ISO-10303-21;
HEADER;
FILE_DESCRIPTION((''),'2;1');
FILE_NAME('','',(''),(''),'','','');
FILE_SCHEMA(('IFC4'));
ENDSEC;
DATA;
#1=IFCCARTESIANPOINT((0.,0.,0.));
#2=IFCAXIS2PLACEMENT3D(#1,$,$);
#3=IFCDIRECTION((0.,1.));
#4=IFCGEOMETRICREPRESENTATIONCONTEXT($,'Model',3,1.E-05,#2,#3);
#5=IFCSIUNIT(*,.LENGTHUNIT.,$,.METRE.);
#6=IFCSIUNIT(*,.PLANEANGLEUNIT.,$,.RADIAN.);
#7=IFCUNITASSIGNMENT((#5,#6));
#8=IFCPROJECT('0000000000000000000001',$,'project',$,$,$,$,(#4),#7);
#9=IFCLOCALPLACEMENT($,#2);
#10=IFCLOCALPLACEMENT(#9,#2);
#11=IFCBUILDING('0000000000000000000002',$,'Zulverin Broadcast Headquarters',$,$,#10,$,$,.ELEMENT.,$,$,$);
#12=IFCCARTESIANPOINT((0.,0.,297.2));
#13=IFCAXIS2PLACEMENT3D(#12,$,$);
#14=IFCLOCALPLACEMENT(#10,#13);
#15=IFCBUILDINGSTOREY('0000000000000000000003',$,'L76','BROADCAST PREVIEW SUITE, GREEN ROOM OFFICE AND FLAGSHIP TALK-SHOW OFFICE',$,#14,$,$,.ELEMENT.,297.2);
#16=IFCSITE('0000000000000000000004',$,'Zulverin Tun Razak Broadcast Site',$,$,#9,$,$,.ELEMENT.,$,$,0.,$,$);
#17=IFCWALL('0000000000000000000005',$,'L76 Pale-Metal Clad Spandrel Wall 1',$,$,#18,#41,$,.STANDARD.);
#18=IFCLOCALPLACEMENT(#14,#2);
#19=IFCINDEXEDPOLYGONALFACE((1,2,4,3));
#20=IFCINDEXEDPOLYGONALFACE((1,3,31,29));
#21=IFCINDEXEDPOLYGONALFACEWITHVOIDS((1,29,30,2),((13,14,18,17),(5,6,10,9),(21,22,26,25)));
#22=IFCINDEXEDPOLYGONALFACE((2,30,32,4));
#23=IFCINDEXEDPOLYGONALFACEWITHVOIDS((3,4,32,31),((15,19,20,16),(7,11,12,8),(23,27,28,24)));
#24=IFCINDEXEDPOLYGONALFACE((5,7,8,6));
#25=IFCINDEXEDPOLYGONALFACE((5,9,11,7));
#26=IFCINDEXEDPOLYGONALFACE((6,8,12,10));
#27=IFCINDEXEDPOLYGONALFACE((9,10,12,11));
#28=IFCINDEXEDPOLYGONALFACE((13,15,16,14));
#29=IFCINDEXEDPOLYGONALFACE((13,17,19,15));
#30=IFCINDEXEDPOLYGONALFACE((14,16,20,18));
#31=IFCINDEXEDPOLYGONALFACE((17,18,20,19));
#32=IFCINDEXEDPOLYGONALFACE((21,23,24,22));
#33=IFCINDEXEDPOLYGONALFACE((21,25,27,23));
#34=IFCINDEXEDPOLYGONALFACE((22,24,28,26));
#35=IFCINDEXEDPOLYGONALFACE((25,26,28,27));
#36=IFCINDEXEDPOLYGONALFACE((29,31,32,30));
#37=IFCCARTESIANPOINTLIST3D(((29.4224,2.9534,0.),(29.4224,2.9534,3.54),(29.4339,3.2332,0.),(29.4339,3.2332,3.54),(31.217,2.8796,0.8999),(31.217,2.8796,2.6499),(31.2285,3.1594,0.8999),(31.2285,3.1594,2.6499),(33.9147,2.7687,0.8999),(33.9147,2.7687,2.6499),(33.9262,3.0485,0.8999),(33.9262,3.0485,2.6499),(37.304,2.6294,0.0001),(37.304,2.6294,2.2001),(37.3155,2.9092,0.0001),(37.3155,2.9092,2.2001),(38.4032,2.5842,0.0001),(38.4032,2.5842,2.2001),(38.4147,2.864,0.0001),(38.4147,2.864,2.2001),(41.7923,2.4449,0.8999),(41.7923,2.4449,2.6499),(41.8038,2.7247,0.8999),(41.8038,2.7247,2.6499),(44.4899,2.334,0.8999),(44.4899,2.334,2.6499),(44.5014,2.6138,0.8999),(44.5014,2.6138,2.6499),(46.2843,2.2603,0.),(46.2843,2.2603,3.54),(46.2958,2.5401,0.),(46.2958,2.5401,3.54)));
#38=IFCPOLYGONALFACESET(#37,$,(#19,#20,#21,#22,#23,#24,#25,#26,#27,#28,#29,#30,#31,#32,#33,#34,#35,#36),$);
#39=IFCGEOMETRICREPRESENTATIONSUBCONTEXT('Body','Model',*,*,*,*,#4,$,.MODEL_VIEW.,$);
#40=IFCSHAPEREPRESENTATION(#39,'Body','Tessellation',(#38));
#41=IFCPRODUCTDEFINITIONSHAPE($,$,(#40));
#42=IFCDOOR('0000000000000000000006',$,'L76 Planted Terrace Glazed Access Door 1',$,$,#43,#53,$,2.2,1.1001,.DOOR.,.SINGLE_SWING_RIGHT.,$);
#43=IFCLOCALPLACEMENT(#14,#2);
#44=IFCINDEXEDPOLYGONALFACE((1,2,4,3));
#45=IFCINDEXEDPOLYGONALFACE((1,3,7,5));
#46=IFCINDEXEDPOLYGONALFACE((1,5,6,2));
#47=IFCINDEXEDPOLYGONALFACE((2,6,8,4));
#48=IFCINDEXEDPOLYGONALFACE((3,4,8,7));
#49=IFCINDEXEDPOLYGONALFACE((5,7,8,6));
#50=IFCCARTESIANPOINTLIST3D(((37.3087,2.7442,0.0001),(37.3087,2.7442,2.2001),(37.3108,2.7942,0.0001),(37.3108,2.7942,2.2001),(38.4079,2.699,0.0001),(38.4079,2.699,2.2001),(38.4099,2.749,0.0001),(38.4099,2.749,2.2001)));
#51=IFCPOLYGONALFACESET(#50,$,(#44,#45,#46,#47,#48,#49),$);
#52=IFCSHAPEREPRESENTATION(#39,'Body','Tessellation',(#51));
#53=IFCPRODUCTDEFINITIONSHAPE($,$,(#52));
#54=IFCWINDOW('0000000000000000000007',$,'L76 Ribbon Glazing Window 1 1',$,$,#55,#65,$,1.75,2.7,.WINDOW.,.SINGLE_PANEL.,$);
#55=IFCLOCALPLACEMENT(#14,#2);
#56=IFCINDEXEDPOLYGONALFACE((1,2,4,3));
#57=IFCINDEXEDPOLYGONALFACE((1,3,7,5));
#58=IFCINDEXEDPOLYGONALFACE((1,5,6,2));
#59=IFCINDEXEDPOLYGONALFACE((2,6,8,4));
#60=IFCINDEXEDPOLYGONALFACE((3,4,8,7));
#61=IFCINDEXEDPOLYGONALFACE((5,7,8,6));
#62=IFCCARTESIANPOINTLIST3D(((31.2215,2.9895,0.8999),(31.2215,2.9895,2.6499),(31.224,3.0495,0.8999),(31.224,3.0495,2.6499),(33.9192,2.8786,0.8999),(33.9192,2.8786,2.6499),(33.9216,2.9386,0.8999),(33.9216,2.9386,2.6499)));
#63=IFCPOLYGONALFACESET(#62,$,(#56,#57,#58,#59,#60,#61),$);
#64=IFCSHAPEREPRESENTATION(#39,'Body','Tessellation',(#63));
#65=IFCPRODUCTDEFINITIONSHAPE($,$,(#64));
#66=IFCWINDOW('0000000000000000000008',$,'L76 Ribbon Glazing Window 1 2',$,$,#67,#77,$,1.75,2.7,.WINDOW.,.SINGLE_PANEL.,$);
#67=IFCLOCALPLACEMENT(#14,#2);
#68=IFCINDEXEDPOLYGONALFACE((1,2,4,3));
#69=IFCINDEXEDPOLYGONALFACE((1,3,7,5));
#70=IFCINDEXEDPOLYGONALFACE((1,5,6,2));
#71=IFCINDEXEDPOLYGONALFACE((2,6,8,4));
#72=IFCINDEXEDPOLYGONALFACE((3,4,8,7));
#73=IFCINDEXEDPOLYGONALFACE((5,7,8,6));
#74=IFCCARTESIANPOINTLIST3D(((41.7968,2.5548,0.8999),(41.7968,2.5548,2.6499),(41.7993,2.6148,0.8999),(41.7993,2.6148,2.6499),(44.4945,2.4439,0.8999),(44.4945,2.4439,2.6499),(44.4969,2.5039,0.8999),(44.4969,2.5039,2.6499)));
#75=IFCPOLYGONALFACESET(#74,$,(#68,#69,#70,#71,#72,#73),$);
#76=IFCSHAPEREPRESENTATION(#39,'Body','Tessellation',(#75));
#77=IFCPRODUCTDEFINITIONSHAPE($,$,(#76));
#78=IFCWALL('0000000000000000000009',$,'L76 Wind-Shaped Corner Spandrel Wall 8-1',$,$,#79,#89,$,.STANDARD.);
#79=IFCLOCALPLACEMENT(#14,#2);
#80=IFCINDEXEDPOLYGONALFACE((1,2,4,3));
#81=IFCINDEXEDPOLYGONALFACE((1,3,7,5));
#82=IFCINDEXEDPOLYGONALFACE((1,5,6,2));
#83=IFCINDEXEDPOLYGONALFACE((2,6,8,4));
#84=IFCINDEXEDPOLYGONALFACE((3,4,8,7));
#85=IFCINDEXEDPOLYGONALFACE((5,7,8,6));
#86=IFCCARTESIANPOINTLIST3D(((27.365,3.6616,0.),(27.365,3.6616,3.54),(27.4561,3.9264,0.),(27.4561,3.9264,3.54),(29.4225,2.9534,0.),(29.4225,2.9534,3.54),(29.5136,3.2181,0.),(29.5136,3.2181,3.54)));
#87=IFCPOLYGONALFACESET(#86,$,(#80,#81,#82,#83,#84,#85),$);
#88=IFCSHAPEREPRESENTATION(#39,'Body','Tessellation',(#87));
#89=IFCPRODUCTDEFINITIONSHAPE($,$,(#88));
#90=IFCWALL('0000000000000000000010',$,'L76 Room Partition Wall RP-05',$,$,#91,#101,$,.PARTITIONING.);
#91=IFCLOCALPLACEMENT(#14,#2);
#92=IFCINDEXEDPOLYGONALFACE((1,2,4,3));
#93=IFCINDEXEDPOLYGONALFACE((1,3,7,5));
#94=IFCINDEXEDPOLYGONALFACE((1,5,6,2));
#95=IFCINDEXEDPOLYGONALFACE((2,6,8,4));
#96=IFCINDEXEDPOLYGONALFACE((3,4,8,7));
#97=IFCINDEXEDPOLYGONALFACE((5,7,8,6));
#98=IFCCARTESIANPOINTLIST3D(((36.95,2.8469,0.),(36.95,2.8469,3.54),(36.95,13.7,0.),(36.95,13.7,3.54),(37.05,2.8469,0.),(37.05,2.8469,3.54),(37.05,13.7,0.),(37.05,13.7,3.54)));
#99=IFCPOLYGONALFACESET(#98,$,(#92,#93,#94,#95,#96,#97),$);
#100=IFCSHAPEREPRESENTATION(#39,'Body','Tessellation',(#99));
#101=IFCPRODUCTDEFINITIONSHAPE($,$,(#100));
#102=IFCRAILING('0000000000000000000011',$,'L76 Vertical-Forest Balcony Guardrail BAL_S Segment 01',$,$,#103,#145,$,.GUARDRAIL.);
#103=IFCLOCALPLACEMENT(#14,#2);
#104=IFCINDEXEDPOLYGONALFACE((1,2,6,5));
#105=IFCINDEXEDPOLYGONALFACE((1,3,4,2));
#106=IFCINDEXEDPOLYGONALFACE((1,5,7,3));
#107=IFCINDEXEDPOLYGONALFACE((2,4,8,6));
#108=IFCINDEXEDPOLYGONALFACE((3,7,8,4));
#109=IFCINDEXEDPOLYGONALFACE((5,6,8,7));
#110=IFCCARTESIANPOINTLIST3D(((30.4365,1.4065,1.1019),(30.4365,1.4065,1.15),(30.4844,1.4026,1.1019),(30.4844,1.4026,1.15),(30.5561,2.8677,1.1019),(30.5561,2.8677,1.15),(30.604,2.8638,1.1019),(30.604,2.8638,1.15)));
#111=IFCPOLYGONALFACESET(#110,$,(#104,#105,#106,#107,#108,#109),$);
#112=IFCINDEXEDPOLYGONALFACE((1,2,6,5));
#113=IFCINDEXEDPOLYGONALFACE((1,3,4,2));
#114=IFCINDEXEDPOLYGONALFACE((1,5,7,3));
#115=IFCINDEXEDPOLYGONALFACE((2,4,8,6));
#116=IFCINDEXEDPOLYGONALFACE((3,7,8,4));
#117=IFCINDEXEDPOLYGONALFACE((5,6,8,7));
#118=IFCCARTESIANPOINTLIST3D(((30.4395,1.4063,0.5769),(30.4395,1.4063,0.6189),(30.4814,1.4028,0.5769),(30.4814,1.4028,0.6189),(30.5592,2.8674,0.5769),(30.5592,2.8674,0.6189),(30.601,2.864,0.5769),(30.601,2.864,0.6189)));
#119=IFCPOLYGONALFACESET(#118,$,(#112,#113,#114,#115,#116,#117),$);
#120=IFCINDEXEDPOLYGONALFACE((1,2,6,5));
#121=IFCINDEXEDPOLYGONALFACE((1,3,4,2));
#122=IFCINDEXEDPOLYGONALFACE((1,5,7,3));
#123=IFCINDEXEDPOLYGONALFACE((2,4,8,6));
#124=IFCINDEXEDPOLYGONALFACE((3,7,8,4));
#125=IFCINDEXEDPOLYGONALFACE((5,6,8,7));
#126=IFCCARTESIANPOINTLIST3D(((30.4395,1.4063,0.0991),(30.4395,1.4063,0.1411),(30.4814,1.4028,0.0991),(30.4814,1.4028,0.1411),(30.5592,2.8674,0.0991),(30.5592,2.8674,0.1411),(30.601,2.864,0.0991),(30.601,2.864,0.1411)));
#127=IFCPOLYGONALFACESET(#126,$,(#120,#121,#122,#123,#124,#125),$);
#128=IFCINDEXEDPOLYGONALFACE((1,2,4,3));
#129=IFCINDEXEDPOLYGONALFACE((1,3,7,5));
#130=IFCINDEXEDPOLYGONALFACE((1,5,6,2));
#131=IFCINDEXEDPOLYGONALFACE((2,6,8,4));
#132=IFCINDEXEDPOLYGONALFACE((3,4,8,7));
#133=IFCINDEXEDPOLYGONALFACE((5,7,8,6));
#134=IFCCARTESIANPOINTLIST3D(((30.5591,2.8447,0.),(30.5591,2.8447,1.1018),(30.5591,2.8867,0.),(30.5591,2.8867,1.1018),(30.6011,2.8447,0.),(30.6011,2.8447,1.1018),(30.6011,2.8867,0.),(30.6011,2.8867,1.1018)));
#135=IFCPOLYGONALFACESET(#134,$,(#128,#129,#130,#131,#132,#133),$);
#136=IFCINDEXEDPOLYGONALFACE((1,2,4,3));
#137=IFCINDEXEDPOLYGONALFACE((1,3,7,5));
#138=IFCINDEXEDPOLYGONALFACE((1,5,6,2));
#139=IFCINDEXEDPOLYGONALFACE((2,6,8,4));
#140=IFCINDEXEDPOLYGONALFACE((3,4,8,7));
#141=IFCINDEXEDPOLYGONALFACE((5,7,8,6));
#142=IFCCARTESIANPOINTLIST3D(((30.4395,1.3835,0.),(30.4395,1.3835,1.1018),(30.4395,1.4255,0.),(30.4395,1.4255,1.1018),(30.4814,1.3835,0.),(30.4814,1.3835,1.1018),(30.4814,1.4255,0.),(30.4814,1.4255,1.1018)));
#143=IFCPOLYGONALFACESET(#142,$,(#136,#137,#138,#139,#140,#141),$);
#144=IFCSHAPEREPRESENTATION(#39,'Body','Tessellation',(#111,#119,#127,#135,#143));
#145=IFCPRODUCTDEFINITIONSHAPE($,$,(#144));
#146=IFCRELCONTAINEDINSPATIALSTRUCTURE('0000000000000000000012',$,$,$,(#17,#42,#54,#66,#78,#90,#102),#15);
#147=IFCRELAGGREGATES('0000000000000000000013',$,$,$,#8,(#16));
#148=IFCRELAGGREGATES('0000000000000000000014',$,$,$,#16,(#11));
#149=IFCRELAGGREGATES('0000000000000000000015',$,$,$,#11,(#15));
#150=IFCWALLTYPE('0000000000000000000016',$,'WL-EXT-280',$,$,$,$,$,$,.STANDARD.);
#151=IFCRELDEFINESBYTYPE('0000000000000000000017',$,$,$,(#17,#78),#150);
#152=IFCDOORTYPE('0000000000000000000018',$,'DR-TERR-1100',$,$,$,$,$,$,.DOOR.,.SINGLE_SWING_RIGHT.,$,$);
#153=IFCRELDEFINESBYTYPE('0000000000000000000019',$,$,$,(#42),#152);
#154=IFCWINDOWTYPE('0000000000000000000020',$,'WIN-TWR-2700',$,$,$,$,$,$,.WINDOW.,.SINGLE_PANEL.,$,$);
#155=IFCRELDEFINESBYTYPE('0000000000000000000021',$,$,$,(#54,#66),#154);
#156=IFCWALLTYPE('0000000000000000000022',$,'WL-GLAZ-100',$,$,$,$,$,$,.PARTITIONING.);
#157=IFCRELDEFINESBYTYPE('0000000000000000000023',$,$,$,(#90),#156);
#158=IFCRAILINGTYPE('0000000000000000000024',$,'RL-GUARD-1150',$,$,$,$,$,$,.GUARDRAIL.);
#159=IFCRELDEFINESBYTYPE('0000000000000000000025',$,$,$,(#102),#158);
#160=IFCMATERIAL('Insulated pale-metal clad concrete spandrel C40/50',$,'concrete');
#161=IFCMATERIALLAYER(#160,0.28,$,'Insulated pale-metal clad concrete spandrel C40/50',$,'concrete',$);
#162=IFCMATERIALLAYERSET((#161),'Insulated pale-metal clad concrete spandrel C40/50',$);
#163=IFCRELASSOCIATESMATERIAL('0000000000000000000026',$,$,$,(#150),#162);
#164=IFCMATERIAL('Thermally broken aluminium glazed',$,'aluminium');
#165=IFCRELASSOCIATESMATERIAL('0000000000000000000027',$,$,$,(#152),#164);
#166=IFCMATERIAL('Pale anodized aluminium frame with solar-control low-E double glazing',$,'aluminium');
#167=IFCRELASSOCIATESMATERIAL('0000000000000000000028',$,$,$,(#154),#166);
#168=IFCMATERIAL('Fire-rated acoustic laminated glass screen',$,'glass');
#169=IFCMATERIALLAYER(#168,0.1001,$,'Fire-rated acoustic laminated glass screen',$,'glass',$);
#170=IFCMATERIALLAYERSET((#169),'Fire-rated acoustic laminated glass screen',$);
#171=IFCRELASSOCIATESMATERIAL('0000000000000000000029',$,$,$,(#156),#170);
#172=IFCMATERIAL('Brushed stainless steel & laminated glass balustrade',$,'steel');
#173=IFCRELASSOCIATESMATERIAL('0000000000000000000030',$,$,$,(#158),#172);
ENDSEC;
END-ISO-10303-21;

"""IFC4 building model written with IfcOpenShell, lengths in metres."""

from ifc_helpers import new_model, si_unit, direction, frame, frame_2d, origin, origin_2d, place, context, subcontext, project, spatial, rectangle, extrude, material, layer, layer_set, type_object, element, fill, save


model = new_model("IFC4")

# Units and contexts
model_context = context("Model", 3, precision=1e-05, world=origin(), true_north=direction((0.0, 1.0)))
body_context = subcontext(model_context, "Body", "Model", "MODEL_VIEW")
ifc_project = project(units=[si_unit("LENGTHUNIT", "METRE"), si_unit("PLANEANGLEUNIT", "RADIAN")], contexts=[model_context])

# Site, building, storey
site_placement = place(None, origin())
site = spatial("IfcSite", under=ifc_project, at=site_placement, Name="Zulverin Tun Razak Broadcast Site", CompositionType="ELEMENT", RefElevation=0.0)
building_placement = place(site_placement, origin())
building = spatial("IfcBuilding", under=site, at=building_placement, Name="Zulverin Broadcast Headquarters", CompositionType="ELEMENT")
storey_placement = place(building_placement, frame((0.0, 0.0, 297.2)))
storey = spatial("IfcBuildingStorey", under=building, at=storey_placement, Name="L76", Description="BROADCAST PREVIEW SUITE, GREEN ROOM OFFICE AND FLAGSHIP TALK-SHOW OFFICE", CompositionType="ELEMENT", Elevation=297.2)

# Wall, openings, door, windows
ifc_material_1 = material(Name="Insulated pale-metal clad concrete spandrel C40/50", Category="concrete")
ifc_layer_1 = layer(ifc_material_1, 0.28, Name="Insulated pale-metal clad concrete spandrel C40/50", Category="concrete")
ifc_layer_set_1 = layer_set([ifc_layer_1], Name="Insulated pale-metal clad concrete spandrel C40/50")
wall_type_1 = type_object("IfcWallType", Name="WL-EXT-280", PredefinedType="STANDARD", material=ifc_layer_set_1)
wall_1_placement = place(storey_placement, frame((29.4282, 3.0933, 0.0), z_axis=(0.0, 0.0, 1.0), x_axis=(0.999156, -0.04107, 0.0)))
wall_1 = element("IfcWall", 1, at=wall_1_placement, inside=storey, type_object=wall_type_1, Name="L76 Pale-Metal Clad Spandrel Wall 1", PredefinedType="STANDARD", context=body_context, shape_type="SweptSolid", body=[
    extrude(rectangle(XDim=16.8762, YDim=0.28, at=frame_2d((8.438, 0.0))), origin(), (0.0, 0.0, 1.0), 3.54),
])
opening_1_placement = place(wall_1_placement, frame((7.8882, 0.0, 0.0)))
opening_1 = element("IfcOpeningElement", 2, at=opening_1_placement, cuts=wall_1, PredefinedType="OPENING", context=body_context, shape_type="SweptSolid", body=[
    extrude(rectangle(XDim=1.1001, YDim=2.2, at=frame_2d((0.55, 1.1001))), frame((0.0, 0.1499, 0.0), z_axis=(0.0, -1.0, 0.0), x_axis=(1.0, 0.0, 0.0)), (0.0, 0.0, 1.0), 0.3),
])
opening_2_placement = place(wall_1_placement, frame((1.7959, 0.0, 0.8999)))
opening_2 = element("IfcOpeningElement", 3, at=opening_2_placement, cuts=wall_1, PredefinedType="OPENING", context=body_context, shape_type="SweptSolid", body=[
    extrude(rectangle(XDim=2.7, YDim=1.75, at=frame_2d((1.3501, 0.875))), frame((0.0, 0.1499, 0.0), z_axis=(0.0, -1.0, 0.0), x_axis=(1.0, 0.0, 0.0)), (0.0, 0.0, 1.0), 0.3),
])
opening_3_placement = place(wall_1_placement, frame((12.3801, 0.0, 0.8999)))
opening_3 = element("IfcOpeningElement", 4, at=opening_3_placement, cuts=wall_1, PredefinedType="OPENING", context=body_context, shape_type="SweptSolid", body=[
    extrude(rectangle(XDim=2.7, YDim=1.75, at=frame_2d((1.3501, 0.875))), frame((0.0, 0.1499, 0.0), z_axis=(0.0, -1.0, 0.0), x_axis=(1.0, 0.0, 0.0)), (0.0, 0.0, 1.0), 0.3),
])
ifc_material_2 = material(Name="Thermally broken aluminium glazed", Category="aluminium")
door_type = type_object("IfcDoorType", Name="DR-TERR-1100", OperationType="SINGLE_SWING_RIGHT", PredefinedType="DOOR", material=ifc_material_2)
door_placement = place(opening_1_placement, origin())
door = element("IfcDoor", 5, at=door_placement, inside=storey, type_object=door_type, Name="L76 Planted Terrace Glazed Access Door 1", OperationType="SINGLE_SWING_RIGHT", OverallHeight=2.2, OverallWidth=1.1001, PredefinedType="DOOR", context=body_context, shape_type="SweptSolid", body=[
    extrude(rectangle(XDim=1.1001, YDim=2.2, at=frame_2d((0.55, 1.1001))), frame((0.0, 0.0249, 0.0), z_axis=(0.0, -1.0, 0.0), x_axis=(1.0, 0.0, 0.0)), (0.0, 0.0, 1.0), 0.05),
])
fill(opening_1, door)
ifc_material_3 = material(Name="Pale anodized aluminium frame with solar-control low-E double glazing", Category="aluminium")
window_type = type_object("IfcWindowType", Name="WIN-TWR-2700", PartitioningType="SINGLE_PANEL", PredefinedType="WINDOW", material=ifc_material_3)
window_1_placement = place(opening_2_placement, origin())
window_1 = element("IfcWindow", 6, at=window_1_placement, inside=storey, type_object=window_type, Name="L76 Ribbon Glazing Window 1 1", OverallHeight=1.75, OverallWidth=2.7, PartitioningType="SINGLE_PANEL", PredefinedType="WINDOW", context=body_context, shape_type="SweptSolid", body=[
    extrude(rectangle(XDim=2.7, YDim=1.75, at=frame_2d((1.3501, 0.875))), frame((0.0, 0.03, 0.0), z_axis=(0.0, -1.0, 0.0), x_axis=(1.0, 0.0, 0.0)), (0.0, 0.0, 1.0), 0.0601),
])
fill(opening_2, window_1)
window_2_placement = place(opening_3_placement, origin())
window_2 = element("IfcWindow", 7, at=window_2_placement, inside=storey, type_object=window_type, Name="L76 Ribbon Glazing Window 1 2", OverallHeight=1.75, OverallWidth=2.7, PartitioningType="SINGLE_PANEL", PredefinedType="WINDOW", context=body_context, shape_type="SweptSolid", body=[
    extrude(rectangle(XDim=2.7, YDim=1.75, at=frame_2d((1.3501, 0.875))), frame((0.0, 0.03, 0.0), z_axis=(0.0, -1.0, 0.0), x_axis=(1.0, 0.0, 0.0)), (0.0, 0.0, 1.0), 0.0601),
])
fill(opening_3, window_2)

# Walls
wall_2_placement = place(storey_placement, frame((27.4106, 3.7939, 0.0), z_axis=(0.0, 0.0, 1.0), x_axis=(0.945553, -0.325469, 0.0)))
element("IfcWall", 8, at=wall_2_placement, inside=storey, type_object=wall_type_1, Name="L76 Wind-Shaped Corner Spandrel Wall 8-1", PredefinedType="STANDARD", context=body_context, shape_type="SweptSolid", body=[
    extrude(rectangle(XDim=2.176, YDim=0.28, at=frame_2d((1.0879, 0.0))), origin(), (0.0, 0.0, 1.0), 3.54),
])
ifc_material_4 = material(Name="Fire-rated acoustic laminated glass screen", Category="glass")
ifc_layer_2 = layer(ifc_material_4, 0.1001, Name="Fire-rated acoustic laminated glass screen", Category="glass")
ifc_layer_set_2 = layer_set([ifc_layer_2], Name="Fire-rated acoustic laminated glass screen")
wall_type_2 = type_object("IfcWallType", Name="WL-GLAZ-100", PredefinedType="PARTITIONING", material=ifc_layer_set_2)
wall_3_placement = place(storey_placement, frame((37.0, 2.8469, 0.0), z_axis=(0.0, 0.0, 1.0), x_axis=(0.0, 1.0, 0.0)))
element("IfcWall", 9, at=wall_3_placement, inside=storey, type_object=wall_type_2, Name="L76 Room Partition Wall RP-05", PredefinedType="PARTITIONING", context=body_context, shape_type="SweptSolid", body=[
    extrude(rectangle(XDim=10.853, YDim=0.1001, at=frame_2d((5.4265, 0.0))), origin(), (0.0, 0.0, 1.0), 3.54),
])

# Railing
ifc_material_5 = material(Name="Brushed stainless steel & laminated glass balustrade", Category="steel")
railing_type = type_object("IfcRailingType", Name="RL-GUARD-1150", PredefinedType="GUARDRAIL", material=ifc_material_5)
railing_1_placement = place(storey_placement, frame((30.5801, 2.8657, 0.0)))
element("IfcRailing", 10, at=railing_1_placement, inside=storey, type_object=railing_type, Name="L76 Vertical-Forest Balcony Guardrail BAL_S Segment 01", PredefinedType="GUARDRAIL", context=body_context, shape_type="SweptSolid", body=[
    extrude(rectangle(XDim=0.0481, YDim=0.0481, at=origin_2d()), frame((0.0, 0.0, 1.126), z_axis=(-0.081598, -0.996665, 0.0), x_axis=(0.996665, -0.081598, 0.0)), (0.0, 0.0, 1.0), 1.4661),
    extrude(rectangle(XDim=0.042, YDim=0.042, at=origin_2d()), frame((0.0, 0.0, 0.5979), z_axis=(-0.081598, -0.996665, 0.0), x_axis=(0.996665, -0.081598, 0.0)), (0.0, 0.0, 1.0), 1.4661),
    extrude(rectangle(XDim=0.042, YDim=0.042, at=origin_2d()), frame((0.0, 0.0, 0.1201), z_axis=(-0.081598, -0.996665, 0.0), x_axis=(0.996665, -0.081598, 0.0)), (0.0, 0.0, 1.0), 1.4661),
    extrude(rectangle(XDim=0.042, YDim=0.042, at=origin_2d()), origin(), (0.0, 0.0, 1.0), 1.1018),
    extrude(rectangle(XDim=0.042, YDim=0.042, at=origin_2d()), frame((-0.1196, -1.4612, 0.0)), (0.0, 0.0, 1.0), 1.1018),
])

save(model, "model.ifc")
